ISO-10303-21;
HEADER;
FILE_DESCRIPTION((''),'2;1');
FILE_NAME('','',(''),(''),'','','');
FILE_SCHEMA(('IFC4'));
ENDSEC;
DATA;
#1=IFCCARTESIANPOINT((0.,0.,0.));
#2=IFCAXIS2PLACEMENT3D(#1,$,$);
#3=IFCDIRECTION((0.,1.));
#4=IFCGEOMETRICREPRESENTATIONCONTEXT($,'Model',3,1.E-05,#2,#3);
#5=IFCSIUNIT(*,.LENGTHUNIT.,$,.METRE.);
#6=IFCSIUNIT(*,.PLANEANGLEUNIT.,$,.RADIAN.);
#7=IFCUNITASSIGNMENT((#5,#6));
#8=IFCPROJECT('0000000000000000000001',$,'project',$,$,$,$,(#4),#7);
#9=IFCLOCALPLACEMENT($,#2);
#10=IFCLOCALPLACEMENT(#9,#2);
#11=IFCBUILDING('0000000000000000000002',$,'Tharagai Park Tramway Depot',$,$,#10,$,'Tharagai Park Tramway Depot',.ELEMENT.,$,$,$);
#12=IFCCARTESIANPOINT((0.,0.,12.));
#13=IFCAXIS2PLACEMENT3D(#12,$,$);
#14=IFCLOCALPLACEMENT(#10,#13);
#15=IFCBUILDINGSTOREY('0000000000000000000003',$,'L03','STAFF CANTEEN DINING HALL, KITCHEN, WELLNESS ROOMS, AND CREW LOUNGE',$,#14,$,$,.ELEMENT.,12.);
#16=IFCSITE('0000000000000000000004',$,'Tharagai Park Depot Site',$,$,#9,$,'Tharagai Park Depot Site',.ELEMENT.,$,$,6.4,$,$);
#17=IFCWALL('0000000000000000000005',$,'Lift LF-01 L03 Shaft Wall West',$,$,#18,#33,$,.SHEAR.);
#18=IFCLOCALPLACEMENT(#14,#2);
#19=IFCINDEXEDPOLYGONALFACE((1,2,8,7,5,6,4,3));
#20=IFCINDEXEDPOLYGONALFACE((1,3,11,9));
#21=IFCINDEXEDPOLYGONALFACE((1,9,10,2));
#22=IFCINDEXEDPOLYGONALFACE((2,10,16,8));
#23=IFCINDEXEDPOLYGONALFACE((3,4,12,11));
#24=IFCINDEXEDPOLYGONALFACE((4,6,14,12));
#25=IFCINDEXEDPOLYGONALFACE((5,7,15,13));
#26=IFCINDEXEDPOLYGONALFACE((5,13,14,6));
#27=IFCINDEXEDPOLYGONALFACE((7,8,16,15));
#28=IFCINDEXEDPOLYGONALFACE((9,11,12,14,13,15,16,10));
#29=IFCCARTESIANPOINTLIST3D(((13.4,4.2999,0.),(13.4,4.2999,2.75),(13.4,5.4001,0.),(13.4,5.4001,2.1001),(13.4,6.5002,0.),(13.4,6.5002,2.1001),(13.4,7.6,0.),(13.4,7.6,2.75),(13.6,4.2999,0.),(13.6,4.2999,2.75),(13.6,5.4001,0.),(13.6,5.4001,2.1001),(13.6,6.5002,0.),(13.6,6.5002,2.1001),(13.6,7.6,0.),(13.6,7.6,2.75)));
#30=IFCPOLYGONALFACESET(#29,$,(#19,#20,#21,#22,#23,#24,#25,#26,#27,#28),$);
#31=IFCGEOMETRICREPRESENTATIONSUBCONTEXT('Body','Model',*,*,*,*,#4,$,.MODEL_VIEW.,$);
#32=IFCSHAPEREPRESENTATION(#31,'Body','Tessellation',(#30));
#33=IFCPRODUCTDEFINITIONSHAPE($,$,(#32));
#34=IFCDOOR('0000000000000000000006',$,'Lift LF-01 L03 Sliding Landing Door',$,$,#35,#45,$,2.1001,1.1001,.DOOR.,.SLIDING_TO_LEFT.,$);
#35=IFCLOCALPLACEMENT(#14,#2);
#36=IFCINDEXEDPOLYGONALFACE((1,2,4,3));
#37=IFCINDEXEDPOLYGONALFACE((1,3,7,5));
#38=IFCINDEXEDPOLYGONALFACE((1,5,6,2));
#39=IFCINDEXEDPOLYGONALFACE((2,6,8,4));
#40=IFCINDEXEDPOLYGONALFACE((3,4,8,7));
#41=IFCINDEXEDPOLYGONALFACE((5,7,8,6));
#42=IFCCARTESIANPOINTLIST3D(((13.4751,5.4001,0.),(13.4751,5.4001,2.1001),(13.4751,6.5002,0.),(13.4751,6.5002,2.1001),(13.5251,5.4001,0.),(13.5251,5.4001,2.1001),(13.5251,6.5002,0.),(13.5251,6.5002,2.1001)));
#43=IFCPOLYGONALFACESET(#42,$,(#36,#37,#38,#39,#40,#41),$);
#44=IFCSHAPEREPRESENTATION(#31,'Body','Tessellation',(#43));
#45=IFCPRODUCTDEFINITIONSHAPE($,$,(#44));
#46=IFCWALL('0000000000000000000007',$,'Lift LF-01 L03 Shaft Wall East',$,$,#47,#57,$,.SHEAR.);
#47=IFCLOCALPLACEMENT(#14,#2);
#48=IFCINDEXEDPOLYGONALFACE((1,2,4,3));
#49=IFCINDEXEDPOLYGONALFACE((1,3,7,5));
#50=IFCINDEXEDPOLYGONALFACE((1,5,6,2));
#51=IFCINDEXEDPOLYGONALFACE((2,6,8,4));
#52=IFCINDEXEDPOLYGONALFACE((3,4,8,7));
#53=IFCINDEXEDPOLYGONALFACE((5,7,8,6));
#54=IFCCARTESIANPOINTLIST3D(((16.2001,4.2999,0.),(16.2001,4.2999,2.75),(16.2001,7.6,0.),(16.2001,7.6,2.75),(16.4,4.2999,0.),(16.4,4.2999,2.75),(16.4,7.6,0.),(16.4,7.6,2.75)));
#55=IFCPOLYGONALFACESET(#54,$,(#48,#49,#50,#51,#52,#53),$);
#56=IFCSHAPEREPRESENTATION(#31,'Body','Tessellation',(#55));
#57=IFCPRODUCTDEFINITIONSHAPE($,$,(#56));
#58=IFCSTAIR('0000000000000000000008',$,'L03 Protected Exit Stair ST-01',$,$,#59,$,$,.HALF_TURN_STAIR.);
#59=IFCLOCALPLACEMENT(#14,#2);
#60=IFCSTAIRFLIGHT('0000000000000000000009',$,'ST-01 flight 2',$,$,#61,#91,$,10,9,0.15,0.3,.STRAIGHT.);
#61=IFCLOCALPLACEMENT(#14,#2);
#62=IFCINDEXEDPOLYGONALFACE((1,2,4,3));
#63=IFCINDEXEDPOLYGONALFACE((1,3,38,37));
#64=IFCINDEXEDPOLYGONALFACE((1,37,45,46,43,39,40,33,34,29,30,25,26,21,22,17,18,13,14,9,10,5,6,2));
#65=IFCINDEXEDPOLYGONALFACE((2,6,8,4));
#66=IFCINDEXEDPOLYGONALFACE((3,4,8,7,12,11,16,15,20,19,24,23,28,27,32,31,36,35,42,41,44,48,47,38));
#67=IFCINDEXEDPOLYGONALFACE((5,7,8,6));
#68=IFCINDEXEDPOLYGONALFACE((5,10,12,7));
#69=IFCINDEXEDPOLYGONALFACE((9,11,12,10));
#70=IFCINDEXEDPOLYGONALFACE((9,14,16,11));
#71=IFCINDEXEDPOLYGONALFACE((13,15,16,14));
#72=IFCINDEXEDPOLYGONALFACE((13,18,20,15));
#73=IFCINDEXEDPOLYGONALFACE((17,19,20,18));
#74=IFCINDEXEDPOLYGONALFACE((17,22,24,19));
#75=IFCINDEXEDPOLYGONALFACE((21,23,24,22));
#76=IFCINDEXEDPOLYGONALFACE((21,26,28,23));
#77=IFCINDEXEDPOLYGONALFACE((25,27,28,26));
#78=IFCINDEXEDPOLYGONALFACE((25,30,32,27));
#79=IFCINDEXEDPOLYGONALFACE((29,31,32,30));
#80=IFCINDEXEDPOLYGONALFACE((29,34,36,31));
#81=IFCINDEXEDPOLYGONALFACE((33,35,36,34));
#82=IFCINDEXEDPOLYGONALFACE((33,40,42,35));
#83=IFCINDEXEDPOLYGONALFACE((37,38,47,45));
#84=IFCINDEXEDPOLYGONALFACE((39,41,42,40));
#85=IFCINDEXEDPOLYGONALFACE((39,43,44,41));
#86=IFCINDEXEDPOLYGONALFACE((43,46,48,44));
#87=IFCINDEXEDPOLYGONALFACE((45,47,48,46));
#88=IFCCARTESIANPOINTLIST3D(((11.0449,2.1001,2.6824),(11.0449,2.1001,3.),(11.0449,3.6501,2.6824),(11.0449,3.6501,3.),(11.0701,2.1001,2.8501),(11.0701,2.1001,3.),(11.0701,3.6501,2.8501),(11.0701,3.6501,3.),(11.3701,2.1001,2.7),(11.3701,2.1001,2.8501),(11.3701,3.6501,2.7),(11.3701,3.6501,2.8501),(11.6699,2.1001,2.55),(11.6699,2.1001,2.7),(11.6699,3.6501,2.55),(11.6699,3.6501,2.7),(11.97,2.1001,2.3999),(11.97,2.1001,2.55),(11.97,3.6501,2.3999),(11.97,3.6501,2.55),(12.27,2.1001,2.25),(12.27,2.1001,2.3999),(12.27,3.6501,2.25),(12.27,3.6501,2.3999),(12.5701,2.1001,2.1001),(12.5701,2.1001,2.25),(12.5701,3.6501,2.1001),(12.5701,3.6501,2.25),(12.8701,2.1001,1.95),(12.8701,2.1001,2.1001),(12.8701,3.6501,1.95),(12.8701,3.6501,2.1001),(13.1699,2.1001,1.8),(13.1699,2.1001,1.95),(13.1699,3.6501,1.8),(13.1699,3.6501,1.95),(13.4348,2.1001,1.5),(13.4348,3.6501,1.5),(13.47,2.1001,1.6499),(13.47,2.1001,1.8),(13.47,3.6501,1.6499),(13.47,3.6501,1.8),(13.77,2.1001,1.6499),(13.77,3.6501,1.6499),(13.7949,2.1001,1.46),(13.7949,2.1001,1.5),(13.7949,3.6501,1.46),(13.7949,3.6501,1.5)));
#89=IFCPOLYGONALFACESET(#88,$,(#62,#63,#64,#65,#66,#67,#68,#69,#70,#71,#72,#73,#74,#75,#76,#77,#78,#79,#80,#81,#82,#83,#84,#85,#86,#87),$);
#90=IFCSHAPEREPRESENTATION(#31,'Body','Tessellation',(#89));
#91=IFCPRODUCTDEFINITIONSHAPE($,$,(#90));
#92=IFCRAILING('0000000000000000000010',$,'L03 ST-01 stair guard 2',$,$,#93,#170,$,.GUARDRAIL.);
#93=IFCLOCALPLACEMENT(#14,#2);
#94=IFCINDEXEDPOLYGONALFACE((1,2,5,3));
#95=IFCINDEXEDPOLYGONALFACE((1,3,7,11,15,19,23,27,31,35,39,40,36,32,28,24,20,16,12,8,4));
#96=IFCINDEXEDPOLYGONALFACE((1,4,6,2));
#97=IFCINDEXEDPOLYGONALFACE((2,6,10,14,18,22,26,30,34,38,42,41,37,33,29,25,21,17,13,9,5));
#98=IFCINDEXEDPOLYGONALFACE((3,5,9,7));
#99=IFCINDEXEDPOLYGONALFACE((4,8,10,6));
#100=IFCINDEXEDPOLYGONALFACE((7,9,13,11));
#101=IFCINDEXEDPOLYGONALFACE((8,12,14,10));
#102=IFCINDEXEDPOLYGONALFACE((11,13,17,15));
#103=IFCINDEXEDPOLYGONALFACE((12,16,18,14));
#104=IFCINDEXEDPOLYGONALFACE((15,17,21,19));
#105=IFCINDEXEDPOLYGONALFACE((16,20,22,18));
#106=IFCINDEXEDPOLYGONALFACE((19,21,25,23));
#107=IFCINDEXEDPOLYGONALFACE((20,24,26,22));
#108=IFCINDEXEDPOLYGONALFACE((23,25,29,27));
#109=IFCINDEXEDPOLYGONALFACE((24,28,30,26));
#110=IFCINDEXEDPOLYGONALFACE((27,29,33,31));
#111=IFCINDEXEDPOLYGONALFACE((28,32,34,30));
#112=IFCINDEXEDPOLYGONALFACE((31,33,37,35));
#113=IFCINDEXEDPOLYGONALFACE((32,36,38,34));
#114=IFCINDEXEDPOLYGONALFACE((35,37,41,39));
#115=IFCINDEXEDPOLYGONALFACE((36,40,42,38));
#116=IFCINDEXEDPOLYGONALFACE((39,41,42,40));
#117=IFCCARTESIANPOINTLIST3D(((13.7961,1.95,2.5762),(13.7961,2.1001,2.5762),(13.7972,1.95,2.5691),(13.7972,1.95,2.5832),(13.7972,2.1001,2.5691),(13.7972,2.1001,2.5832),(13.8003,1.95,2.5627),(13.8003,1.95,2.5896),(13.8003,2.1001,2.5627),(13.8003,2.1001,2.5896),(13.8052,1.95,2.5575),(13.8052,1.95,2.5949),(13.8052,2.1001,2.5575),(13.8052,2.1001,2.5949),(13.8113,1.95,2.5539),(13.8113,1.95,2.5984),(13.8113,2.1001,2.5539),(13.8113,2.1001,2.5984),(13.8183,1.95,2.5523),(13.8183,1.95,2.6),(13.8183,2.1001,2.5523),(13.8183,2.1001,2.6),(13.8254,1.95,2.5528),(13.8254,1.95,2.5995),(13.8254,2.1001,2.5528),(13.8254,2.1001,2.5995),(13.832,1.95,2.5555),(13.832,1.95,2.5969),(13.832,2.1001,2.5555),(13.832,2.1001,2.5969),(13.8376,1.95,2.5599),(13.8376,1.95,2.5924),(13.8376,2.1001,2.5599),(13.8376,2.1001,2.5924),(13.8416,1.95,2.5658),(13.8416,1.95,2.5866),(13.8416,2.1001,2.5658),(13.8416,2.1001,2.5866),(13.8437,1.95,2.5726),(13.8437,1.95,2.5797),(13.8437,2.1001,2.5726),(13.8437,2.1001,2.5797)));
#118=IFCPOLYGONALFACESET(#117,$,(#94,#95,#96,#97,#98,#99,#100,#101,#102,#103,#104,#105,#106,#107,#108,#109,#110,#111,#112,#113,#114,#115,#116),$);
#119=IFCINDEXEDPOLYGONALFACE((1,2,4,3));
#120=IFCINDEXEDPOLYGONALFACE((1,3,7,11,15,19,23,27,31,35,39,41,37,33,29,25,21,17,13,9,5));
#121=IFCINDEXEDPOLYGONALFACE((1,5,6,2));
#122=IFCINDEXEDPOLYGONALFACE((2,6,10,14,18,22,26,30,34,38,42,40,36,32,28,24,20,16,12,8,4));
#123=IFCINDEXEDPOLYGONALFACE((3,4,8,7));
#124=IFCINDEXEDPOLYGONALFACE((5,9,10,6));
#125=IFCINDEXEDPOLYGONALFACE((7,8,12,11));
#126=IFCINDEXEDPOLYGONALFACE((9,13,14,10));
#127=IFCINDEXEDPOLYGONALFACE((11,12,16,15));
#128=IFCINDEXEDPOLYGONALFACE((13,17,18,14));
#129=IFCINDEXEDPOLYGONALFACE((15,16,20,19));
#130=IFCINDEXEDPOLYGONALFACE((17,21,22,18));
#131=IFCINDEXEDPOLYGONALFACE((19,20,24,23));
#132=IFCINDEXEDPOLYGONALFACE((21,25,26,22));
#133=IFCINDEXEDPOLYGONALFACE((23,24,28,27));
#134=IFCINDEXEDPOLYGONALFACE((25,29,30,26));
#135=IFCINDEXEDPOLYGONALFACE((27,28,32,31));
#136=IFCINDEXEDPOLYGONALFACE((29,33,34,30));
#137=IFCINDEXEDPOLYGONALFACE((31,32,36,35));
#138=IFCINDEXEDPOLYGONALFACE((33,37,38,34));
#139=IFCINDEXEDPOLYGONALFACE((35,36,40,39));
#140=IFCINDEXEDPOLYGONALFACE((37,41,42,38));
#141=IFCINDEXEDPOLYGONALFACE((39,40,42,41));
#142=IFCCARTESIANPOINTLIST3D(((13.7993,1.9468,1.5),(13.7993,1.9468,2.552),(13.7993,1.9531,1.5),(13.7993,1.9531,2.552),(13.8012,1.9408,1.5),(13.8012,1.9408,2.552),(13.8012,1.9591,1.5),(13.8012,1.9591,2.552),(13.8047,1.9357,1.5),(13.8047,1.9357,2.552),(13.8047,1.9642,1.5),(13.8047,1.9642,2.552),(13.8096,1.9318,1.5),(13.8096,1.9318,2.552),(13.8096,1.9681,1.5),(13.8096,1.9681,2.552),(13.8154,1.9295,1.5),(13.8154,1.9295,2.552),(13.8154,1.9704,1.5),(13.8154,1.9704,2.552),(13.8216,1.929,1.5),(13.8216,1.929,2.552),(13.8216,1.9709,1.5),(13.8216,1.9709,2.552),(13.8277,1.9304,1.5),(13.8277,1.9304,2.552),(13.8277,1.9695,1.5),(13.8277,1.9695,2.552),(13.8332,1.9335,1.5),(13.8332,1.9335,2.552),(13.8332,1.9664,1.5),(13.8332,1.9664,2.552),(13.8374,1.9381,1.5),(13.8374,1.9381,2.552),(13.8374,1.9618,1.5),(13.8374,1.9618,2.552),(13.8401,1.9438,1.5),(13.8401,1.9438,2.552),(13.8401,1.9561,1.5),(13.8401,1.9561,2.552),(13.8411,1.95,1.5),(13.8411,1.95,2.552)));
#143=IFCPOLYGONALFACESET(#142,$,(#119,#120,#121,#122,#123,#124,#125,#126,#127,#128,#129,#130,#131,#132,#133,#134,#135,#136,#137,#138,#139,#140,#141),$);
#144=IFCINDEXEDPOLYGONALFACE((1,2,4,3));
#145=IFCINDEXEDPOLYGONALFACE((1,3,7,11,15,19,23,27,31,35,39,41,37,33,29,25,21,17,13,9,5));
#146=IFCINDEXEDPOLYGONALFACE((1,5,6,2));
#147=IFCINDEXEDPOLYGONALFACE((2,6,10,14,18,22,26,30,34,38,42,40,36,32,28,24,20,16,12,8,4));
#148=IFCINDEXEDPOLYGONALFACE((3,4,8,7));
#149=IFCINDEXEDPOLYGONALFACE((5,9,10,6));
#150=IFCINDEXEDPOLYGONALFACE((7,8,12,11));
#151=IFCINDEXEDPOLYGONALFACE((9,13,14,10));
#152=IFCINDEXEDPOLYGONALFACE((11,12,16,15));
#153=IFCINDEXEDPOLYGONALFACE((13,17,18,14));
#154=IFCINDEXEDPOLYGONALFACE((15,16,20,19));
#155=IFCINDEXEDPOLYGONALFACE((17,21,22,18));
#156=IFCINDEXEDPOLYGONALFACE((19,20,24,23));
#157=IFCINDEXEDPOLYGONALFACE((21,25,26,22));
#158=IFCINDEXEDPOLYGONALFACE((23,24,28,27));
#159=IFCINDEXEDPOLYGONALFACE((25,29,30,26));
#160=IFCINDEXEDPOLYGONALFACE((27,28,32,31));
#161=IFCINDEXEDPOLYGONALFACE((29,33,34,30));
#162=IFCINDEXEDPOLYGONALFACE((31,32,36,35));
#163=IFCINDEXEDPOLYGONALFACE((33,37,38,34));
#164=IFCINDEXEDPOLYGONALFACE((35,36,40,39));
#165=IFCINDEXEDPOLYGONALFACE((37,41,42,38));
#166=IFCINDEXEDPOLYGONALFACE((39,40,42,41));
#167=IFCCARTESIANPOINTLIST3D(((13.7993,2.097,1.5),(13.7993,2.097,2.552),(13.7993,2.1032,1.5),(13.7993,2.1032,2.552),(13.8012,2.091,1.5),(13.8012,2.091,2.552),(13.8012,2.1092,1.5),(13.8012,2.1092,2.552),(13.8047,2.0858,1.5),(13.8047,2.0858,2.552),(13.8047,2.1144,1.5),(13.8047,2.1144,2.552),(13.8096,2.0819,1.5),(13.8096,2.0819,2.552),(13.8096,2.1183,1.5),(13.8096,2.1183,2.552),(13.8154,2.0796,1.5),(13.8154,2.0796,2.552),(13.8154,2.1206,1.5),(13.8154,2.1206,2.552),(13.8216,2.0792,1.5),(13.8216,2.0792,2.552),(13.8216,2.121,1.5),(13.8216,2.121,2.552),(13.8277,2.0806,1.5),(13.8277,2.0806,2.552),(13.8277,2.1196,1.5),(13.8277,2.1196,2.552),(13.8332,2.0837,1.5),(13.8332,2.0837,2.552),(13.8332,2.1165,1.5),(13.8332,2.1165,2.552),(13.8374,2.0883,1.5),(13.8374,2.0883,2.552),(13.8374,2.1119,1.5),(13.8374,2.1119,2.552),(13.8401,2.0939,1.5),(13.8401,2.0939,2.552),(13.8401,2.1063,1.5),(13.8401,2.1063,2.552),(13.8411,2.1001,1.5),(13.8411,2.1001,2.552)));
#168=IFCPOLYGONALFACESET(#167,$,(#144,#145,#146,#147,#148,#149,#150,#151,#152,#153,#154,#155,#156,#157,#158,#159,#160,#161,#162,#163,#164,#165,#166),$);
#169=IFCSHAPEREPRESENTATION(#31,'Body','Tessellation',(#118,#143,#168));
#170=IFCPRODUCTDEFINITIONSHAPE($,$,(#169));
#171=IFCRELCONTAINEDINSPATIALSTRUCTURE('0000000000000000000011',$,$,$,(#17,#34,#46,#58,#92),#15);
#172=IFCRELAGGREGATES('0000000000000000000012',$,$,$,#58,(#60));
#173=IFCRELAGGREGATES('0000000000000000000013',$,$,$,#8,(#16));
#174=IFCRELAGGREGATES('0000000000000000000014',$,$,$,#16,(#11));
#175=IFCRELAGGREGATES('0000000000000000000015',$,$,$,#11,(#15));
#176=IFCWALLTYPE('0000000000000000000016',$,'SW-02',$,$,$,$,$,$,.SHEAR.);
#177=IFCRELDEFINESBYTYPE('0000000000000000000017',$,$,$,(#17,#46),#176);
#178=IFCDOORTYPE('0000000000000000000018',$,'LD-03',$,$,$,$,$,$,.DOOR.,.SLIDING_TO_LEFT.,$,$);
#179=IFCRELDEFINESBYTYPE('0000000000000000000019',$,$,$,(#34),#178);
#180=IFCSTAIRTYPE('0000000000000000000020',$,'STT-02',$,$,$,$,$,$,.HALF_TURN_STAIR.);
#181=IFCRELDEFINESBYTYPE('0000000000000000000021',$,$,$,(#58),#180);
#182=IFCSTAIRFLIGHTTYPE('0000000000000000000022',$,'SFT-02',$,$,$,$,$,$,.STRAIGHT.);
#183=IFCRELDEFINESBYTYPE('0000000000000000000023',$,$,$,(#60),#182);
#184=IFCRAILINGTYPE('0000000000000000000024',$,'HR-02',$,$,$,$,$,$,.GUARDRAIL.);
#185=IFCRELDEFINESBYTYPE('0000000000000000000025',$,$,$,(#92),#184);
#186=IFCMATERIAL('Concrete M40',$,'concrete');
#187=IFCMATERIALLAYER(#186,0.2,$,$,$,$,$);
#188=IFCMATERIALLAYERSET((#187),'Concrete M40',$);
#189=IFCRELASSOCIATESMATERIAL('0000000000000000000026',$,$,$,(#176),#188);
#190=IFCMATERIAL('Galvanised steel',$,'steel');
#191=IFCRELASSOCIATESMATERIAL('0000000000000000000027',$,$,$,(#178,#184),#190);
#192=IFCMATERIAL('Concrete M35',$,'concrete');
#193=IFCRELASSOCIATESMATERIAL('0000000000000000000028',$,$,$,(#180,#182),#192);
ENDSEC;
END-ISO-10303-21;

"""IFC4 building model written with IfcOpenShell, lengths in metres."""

from ifc_helpers import new_model, si_unit, direction, frame, frame_2d, origin, origin_2d, place, context, subcontext, project, spatial, polyline, rectangle, circle, outline, extrude, material, layer, layer_set, type_object, element, fill, aggregate, save


model = new_model("IFC4")

# Units and contexts
model_context = context("Model", 3, precision=1e-05, world=origin(), true_north=direction((0.0, 1.0)))
body_context = subcontext(model_context, "Body", "Model", "MODEL_VIEW")
ifc_project = project(units=[si_unit("LENGTHUNIT", "METRE"), si_unit("PLANEANGLEUNIT", "RADIAN")], contexts=[model_context])

# Site, building, storey
site_placement = place(None, origin())
site = spatial("IfcSite", under=ifc_project, at=site_placement, Name="Tharagai Park Depot Site", LongName="Tharagai Park Depot Site", CompositionType="ELEMENT", RefElevation=6.4)
building_placement = place(site_placement, origin())
building = spatial("IfcBuilding", under=site, at=building_placement, Name="Tharagai Park Tramway Depot", LongName="Tharagai Park Tramway Depot", CompositionType="ELEMENT")
storey_placement = place(building_placement, frame((0.0, 0.0, 12.0)))
storey = spatial("IfcBuildingStorey", under=building, at=storey_placement, Name="L03", Description="STAFF CANTEEN DINING HALL, KITCHEN, WELLNESS ROOMS, AND CREW LOUNGE", CompositionType="ELEMENT", Elevation=12.0)

# Shared definitions
ifc_material_1 = material(Name="Concrete M40", Category="concrete")

# Shared definitions
ifc_material_2 = material(Name="Concrete M35", Category="concrete")

# Shared definitions
ifc_layer_1 = layer(ifc_material_1, 0.2)
ifc_layer_set_1 = layer_set([ifc_layer_1], Name="Concrete M40")
wall_type_1 = type_object("IfcWallType", Name="SW-02", PredefinedType="SHEAR", material=ifc_layer_set_1)

# Wall, opening, door
wall_1_placement = place(storey_placement, frame((13.5, 4.3, 0.0), z_axis=(0.0, 0.0, 1.0), x_axis=(0.0, 1.0, 0.0)))
wall_1 = element("IfcWall", 1, at=wall_1_placement, inside=storey, type_object=wall_type_1, Name="Lift LF-01 L03 Shaft Wall West", PredefinedType="SHEAR", context=body_context, shape_type="SweptSolid", body=[
    extrude(rectangle(XDim=3.3, YDim=0.2, at=frame_2d((1.6499, 0.0))), origin(), (0.0, 0.0, 1.0), 2.75),
])
opening_1_placement = place(wall_1_placement, frame((1.1001, 0.0, 0.0)))
opening_1 = element("IfcOpeningElement", 2, at=opening_1_placement, cuts=wall_1, PredefinedType="OPENING", context=body_context, shape_type="SweptSolid", body=[
    extrude(rectangle(XDim=1.1001, YDim=2.1001, at=frame_2d((0.55, 1.05))), frame((0.0, 0.1099, 0.0), z_axis=(0.0, -1.0, 0.0), x_axis=(1.0, 0.0, 0.0)), (0.0, 0.0, 1.0), 0.22),
])
ifc_material_3 = material(Name="Galvanised steel", Category="steel")
door_type = type_object("IfcDoorType", Name="LD-03", OperationType="SLIDING_TO_LEFT", PredefinedType="DOOR", material=ifc_material_3)
door_placement = place(opening_1_placement, origin())
door = element("IfcDoor", 3, at=door_placement, inside=storey, type_object=door_type, Name="Lift LF-01 L03 Sliding Landing Door", OperationType="SLIDING_TO_LEFT", OverallHeight=2.1001, OverallWidth=1.1001, PredefinedType="DOOR", context=body_context, shape_type="SweptSolid", body=[
    extrude(rectangle(XDim=1.1001, YDim=2.1001, at=frame_2d((0.55, 1.05))), frame((0.0, 0.0249, 0.0), z_axis=(0.0, -1.0, 0.0), x_axis=(1.0, 0.0, 0.0)), (0.0, 0.0, 1.0), 0.05),
])
fill(opening_1, door)

# Wall
wall_2_placement = place(storey_placement, frame((16.3, 4.3, 0.0), z_axis=(0.0, 0.0, 1.0), x_axis=(0.0, 1.0, 0.0)))
element("IfcWall", 4, at=wall_2_placement, inside=storey, type_object=wall_type_1, Name="Lift LF-01 L03 Shaft Wall East", PredefinedType="SHEAR", context=body_context, shape_type="SweptSolid", body=[
    extrude(rectangle(XDim=3.3, YDim=0.2, at=frame_2d((1.6499, 0.0))), origin(), (0.0, 0.0, 1.0), 2.75),
])

# Stair, stair flight
stair_type = type_object("IfcStairType", Name="STT-02", PredefinedType="HALF_TURN_STAIR", material=ifc_material_2)
stair_placement = place(storey_placement, origin())
stair = element("IfcStair", 5, at=stair_placement, inside=storey, type_object=stair_type, Name="L03 Protected Exit Stair ST-01", PredefinedType="HALF_TURN_STAIR")
stair_flight_type = type_object("IfcStairFlightType", Name="SFT-02", PredefinedType="STRAIGHT", material=ifc_material_2)
stair_flight_placement = place(storey_placement, frame((13.77, 2.875, 1.5), z_axis=(0.0, 0.0, 1.0), x_axis=(-1.0, 0.0, 0.0)))
stair_flight = element("IfcStairFlight", 6, at=stair_flight_placement, type_object=stair_flight_type, Name="ST-01 flight 2", NumberOfRisers=10, NumberOfTreads=9, PredefinedType="STRAIGHT", RiserHeight=0.15, TreadLength=0.3, context=body_context, shape_type="SweptSolid", body=[
    extrude(outline(polyline([(-0.0249, 0.0), (0.0, 0.1499), (0.3, 0.1499), (0.3, 0.3), (0.6001, 0.3), (0.6001, 0.45), (0.8999, 0.45), (0.8999, 0.6001), (1.2, 0.6001), (1.2, 0.75), (1.5, 0.75), (1.5, 0.8999), (1.8, 0.8999), (1.8, 1.05), (2.1001, 1.05), (2.1001, 1.2), (2.3999, 1.2), (2.3999, 1.3501), (2.7, 1.3501), (2.7, 1.5), (2.7251, 1.5), (2.7251, 1.1824), (0.3352, 0.0), (-0.0249, -0.04), (-0.0249, 0.0)])), frame((0.0, 0.7749, 0.0), z_axis=(0.0, -1.0, 0.0), x_axis=(1.0, 0.0, 0.0)), (0.0, 0.0, 1.0), 1.55),
])
aggregate(stair, [stair_flight])

# Railing
railing_type_1 = type_object("IfcRailingType", Name="HR-02", PredefinedType="GUARDRAIL", material=ifc_material_3)
railing_1_placement = place(storey_placement, frame((13.8201, 1.95, 1.5)))
element("IfcRailing", 7, at=railing_1_placement, inside=storey, type_object=railing_type_1, Name="L03 ST-01 stair guard 2", PredefinedType="GUARDRAIL", context=body_context, shape_type="SweptSolid", body=[
    extrude(circle(Radius=0.0239, at=origin_2d()), frame((0.0, 0.0, 1.0762), z_axis=(0.0, 1.0, 0.0), x_axis=(-1.0, 0.0, 0.0)), (0.0, 0.0, 1.0), 0.1501),
    extrude(circle(Radius=0.021, at=origin_2d()), origin(), (0.0, 0.0, 1.0), 1.052),
    extrude(circle(Radius=0.021, at=origin_2d()), frame((0.0, 0.1501, 0.0)), (0.0, 0.0, 1.0), 1.052),
])

save(model, "model.ifc")
